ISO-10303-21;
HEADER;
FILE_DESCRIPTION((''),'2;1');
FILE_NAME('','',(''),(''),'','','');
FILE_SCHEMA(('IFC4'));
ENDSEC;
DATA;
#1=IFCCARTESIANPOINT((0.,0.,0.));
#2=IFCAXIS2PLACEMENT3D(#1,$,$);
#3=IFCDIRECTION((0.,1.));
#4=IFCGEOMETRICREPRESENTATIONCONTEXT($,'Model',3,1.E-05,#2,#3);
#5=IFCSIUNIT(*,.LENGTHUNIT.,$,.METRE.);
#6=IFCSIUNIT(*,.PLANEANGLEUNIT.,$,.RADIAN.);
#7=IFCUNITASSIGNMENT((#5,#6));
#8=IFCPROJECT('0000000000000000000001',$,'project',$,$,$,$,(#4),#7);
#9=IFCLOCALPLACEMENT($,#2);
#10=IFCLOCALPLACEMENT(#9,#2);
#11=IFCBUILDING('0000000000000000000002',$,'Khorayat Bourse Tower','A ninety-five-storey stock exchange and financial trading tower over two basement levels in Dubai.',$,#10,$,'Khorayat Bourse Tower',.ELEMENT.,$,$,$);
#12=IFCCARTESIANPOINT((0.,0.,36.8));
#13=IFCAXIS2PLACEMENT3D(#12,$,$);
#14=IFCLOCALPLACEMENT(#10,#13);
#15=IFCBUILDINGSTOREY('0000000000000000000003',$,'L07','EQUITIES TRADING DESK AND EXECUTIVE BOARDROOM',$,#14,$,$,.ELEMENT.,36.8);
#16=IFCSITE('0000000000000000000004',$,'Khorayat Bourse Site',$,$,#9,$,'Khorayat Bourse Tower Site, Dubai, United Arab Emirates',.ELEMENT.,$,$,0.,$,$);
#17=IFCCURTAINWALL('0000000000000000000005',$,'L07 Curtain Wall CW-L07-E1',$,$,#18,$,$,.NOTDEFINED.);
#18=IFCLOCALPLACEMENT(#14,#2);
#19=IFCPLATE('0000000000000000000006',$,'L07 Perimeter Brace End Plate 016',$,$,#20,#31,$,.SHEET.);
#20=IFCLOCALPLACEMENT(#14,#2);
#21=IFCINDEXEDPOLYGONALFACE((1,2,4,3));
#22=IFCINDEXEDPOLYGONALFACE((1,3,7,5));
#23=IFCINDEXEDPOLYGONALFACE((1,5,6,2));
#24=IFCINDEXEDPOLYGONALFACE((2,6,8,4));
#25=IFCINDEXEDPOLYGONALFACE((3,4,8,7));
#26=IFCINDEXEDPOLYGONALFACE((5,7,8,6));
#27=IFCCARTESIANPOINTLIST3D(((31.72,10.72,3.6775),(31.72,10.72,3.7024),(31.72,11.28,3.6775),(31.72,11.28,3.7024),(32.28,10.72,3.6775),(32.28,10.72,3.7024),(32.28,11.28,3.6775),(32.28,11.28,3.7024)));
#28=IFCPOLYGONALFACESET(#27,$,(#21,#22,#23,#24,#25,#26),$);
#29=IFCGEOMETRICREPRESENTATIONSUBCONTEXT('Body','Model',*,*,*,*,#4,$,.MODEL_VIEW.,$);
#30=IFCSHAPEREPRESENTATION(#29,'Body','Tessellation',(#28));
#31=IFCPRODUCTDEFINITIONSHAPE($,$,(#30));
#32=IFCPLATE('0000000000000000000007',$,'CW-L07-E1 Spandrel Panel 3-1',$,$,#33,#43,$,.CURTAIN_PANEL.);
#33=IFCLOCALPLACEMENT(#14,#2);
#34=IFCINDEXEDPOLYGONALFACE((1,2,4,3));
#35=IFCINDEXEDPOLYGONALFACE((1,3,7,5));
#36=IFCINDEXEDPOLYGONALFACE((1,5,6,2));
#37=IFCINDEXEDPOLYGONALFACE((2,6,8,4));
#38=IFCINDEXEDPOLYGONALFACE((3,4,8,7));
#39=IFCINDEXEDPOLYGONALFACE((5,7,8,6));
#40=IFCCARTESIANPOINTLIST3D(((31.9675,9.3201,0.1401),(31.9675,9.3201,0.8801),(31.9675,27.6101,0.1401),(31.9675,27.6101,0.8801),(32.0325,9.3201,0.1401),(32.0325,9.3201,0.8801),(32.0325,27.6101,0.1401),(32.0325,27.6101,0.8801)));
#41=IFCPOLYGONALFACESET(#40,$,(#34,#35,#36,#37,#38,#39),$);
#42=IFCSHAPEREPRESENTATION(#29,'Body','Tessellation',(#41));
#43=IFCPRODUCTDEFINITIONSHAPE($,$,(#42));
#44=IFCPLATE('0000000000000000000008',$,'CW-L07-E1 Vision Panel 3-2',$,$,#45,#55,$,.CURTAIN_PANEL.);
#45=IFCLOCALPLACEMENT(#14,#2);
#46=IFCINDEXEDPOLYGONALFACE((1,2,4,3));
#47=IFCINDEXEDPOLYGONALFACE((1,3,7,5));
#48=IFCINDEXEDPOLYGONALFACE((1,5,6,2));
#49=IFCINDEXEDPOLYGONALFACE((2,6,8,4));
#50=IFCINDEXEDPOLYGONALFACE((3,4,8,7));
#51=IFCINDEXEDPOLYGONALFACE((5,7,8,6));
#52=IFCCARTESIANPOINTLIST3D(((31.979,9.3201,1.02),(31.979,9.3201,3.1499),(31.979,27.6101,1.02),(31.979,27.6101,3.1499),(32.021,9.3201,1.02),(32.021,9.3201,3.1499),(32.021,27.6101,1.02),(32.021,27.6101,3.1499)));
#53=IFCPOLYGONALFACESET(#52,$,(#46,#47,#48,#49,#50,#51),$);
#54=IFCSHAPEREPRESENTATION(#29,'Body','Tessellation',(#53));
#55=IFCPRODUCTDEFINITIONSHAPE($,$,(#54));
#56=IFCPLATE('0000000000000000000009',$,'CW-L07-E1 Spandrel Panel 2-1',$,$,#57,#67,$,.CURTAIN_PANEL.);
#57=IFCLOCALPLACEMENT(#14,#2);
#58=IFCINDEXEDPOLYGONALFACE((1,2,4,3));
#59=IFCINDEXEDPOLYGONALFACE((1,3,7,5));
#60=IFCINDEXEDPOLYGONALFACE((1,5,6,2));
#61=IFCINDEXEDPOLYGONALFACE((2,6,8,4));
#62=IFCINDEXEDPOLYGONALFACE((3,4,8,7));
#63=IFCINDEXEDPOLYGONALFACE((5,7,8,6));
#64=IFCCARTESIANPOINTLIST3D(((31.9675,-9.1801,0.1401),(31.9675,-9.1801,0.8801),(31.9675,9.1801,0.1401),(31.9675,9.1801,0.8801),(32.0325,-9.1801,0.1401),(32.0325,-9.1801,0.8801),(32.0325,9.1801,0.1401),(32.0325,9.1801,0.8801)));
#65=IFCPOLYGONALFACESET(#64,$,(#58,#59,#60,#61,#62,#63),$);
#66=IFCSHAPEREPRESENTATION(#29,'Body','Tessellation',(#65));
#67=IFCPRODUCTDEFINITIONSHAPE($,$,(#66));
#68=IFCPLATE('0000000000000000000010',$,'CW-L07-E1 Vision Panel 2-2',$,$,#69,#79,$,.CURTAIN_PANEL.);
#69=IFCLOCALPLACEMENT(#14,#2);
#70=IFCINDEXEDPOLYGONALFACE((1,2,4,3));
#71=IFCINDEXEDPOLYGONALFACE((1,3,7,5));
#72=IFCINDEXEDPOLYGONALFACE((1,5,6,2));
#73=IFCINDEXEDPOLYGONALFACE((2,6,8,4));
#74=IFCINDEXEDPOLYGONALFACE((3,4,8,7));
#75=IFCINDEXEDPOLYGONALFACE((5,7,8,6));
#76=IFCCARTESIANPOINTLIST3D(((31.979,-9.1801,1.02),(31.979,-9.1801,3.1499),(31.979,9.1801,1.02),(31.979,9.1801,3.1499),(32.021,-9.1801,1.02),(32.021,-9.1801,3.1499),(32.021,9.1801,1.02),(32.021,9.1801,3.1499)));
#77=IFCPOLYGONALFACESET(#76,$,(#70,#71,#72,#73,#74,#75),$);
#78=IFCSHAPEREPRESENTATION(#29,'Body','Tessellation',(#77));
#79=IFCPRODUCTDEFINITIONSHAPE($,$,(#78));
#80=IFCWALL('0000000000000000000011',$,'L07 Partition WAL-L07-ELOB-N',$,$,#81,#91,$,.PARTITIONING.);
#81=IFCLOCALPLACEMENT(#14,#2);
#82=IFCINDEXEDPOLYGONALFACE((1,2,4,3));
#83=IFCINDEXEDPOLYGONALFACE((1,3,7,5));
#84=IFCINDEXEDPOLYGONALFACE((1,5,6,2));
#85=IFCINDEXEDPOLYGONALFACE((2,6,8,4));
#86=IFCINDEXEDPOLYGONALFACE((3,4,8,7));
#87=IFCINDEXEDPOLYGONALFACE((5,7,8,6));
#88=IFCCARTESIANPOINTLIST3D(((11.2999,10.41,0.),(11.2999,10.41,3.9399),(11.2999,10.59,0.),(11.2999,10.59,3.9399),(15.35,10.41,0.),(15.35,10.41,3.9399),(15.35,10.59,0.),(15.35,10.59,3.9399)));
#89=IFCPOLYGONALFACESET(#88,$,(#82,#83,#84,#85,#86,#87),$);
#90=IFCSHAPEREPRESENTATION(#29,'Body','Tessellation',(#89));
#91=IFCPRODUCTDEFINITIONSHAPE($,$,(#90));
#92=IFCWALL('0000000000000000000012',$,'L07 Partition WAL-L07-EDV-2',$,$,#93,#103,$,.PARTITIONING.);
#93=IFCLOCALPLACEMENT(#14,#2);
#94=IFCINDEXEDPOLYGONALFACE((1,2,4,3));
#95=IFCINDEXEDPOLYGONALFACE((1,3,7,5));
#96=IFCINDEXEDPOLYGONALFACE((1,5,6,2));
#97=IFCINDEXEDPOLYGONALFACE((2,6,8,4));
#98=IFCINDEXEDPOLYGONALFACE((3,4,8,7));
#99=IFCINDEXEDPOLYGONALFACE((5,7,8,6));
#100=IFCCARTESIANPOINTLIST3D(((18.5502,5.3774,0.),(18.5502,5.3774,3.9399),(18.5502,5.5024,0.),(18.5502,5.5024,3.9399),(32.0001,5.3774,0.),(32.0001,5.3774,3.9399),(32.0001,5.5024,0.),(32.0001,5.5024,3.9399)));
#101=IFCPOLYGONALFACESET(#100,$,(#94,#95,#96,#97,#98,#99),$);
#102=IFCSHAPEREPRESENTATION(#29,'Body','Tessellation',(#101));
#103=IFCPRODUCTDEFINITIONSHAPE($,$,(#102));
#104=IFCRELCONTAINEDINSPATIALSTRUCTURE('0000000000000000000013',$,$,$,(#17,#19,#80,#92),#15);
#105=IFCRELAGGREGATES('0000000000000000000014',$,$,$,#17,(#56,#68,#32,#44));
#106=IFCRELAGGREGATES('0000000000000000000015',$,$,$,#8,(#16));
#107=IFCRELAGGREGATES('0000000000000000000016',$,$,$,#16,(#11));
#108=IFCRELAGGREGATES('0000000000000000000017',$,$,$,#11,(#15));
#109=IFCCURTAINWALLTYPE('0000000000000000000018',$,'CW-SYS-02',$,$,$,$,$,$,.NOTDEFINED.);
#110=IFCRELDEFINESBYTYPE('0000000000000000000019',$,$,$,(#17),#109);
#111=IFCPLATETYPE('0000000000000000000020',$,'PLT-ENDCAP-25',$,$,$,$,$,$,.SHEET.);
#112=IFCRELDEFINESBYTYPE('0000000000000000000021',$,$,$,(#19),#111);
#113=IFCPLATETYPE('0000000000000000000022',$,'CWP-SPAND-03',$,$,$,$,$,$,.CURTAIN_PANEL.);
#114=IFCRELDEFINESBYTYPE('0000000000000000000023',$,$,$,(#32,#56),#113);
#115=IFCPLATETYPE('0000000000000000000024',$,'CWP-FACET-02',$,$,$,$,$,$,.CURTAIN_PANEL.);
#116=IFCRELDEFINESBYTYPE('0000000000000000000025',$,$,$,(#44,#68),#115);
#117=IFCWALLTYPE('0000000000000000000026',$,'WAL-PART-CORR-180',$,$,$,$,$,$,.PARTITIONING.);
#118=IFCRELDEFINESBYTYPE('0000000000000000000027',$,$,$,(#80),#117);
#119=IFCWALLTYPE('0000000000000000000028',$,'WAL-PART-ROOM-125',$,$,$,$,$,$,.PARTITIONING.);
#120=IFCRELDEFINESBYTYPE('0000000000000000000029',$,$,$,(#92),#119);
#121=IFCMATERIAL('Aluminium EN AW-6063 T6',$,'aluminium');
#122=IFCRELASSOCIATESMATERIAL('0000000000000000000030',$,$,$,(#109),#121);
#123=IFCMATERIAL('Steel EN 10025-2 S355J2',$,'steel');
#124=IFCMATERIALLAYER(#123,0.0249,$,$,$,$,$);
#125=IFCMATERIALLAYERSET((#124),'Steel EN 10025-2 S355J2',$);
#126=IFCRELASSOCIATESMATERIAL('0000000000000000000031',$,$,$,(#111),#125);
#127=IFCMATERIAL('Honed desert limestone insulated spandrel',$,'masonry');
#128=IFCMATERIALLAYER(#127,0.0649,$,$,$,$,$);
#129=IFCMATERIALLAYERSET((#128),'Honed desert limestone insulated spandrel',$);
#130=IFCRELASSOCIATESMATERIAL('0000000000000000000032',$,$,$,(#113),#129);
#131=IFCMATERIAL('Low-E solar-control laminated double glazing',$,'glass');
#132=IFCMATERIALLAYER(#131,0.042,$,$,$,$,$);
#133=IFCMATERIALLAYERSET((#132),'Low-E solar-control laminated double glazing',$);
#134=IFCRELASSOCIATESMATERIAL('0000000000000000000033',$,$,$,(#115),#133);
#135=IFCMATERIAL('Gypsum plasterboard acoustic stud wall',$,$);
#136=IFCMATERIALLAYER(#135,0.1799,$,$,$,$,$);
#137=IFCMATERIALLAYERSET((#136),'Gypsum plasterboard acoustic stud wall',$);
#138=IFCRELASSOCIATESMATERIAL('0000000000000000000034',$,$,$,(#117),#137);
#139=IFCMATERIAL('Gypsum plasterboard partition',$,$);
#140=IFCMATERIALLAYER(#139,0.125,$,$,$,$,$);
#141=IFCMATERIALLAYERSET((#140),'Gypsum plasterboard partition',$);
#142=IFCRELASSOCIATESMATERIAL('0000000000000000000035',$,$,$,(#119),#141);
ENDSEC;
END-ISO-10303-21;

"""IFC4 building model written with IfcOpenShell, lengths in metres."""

from ifc_helpers import new_model, si_unit, direction, frame, frame_2d, origin, origin_2d, place, context, subcontext, project, spatial, rectangle, extrude, source, transform, mapped, material, layer, layer_set, type_object, element, aggregate, save


model = new_model("IFC4")

# Units and contexts
model_context = context("Model", 3, precision=1e-05, world=origin(), true_north=direction((0.0, 1.0)))
body_context = subcontext(model_context, "Body", "Model", "MODEL_VIEW")
ifc_project = project(units=[si_unit("LENGTHUNIT", "METRE"), si_unit("PLANEANGLEUNIT", "RADIAN")], contexts=[model_context])

# Site, building, storey
site_placement = place(None, origin())
site = spatial("IfcSite", under=ifc_project, at=site_placement, Name="Khorayat Bourse Site", LongName="Khorayat Bourse Tower Site, Dubai, United Arab Emirates", CompositionType="ELEMENT", RefElevation=0.0)
building_placement = place(site_placement, origin())
building = spatial("IfcBuilding", under=site, at=building_placement, Name="Khorayat Bourse Tower", Description="A ninety-five-storey stock exchange and financial trading tower over two basement levels in Dubai.", LongName="Khorayat Bourse Tower", CompositionType="ELEMENT")
storey_placement = place(building_placement, frame((0.0, 0.0, 36.8)))
storey = spatial("IfcBuildingStorey", under=building, at=storey_placement, Name="L07", Description="EQUITIES TRADING DESK AND EXECUTIVE BOARDROOM", CompositionType="ELEMENT", Elevation=36.8)

# Curtain wall
ifc_material_1 = material(Name="Aluminium EN AW-6063 T6", Category="aluminium")
curtain_wall_type = type_object("IfcCurtainWallType", Name="CW-SYS-02", PredefinedType="NOTDEFINED", material=ifc_material_1)
curtain_wall_placement = place(storey_placement, origin())
curtain_wall = element("IfcCurtainWall", 1, at=curtain_wall_placement, inside=storey, type_object=curtain_wall_type, Name="L07 Curtain Wall CW-L07-E1", PredefinedType="NOTDEFINED")

# Plate
ifc_material_2 = material(Name="Steel EN 10025-2 S355J2", Category="steel")
ifc_layer_1 = layer(ifc_material_2, 0.0249)
ifc_layer_set_1 = layer_set([ifc_layer_1], Name="Steel EN 10025-2 S355J2")
plate_type_1 = type_object("IfcPlateType", Name="PLT-ENDCAP-25", PredefinedType="SHEET", material=ifc_layer_set_1)
shared_shape_1 = source(origin(), body_context, "Body", "SweptSolid", [
    extrude(rectangle(XDim=0.5601, YDim=0.5601, at=origin_2d()), origin(), (0.0, 0.0, 1.0), 0.0249),
])
for number, where, z_axis, x_axis, name in (
    (2, (32.0, 11.0, 3.6775), (0.0, 0.0, 1.0), (1.0, 0.0, 0.0), "L07 Perimeter Brace End Plate 016"),
):
    element("IfcPlate", number, at=place(storey_placement, frame(where, z_axis=z_axis, x_axis=x_axis)), inside=storey, type_object=plate_type_1, Name=name, PredefinedType="SHEET", context=body_context, shape_type="MappedRepresentation", body=[
        mapped(shared_shape_1, transform((0.0, 0.0, 0.0), scale=1.0)),
    ])

# Plates
ifc_material_3 = material(Name="Honed desert limestone insulated spandrel", Category="masonry")
ifc_layer_2 = layer(ifc_material_3, 0.0649)
ifc_layer_set_2 = layer_set([ifc_layer_2], Name="Honed desert limestone insulated spandrel")
plate_type_2 = type_object("IfcPlateType", Name="CWP-SPAND-03", PredefinedType="CURTAIN_PANEL", material=ifc_layer_set_2)
shared_shape_2 = source(origin(), body_context, "Body", "SweptSolid", [
    extrude(rectangle(XDim=18.29, YDim=0.0649, at=origin_2d()), origin(), (0.0, 0.0, 1.0), 0.74),
])
plate_1_placement = place(storey_placement, frame((32.0, 18.4651, 0.1401), z_axis=(0.0, 0.0, 1.0), x_axis=(0.0, 1.0, 0.0)))
plate_1 = element("IfcPlate", 3, at=plate_1_placement, type_object=plate_type_2, Name="CW-L07-E1 Spandrel Panel 3-1", PredefinedType="CURTAIN_PANEL", context=body_context, shape_type="MappedRepresentation", body=[
    mapped(shared_shape_2, transform((0.0, 0.0, 0.0), scale=1.0)),
])
ifc_material_4 = material(Name="Low-E solar-control laminated double glazing", Category="glass")
ifc_layer_3 = layer(ifc_material_4, 0.042)
ifc_layer_set_3 = layer_set([ifc_layer_3], Name="Low-E solar-control laminated double glazing")
plate_type_3 = type_object("IfcPlateType", Name="CWP-FACET-02", PredefinedType="CURTAIN_PANEL", material=ifc_layer_set_3)
shared_shape_3 = source(origin(), body_context, "Body", "SweptSolid", [
    extrude(rectangle(XDim=18.29, YDim=0.042, at=origin_2d()), origin(), (0.0, 0.0, 1.0), 2.1299),
])
plate_2_placement = place(storey_placement, frame((32.0, 18.4651, 1.02), z_axis=(0.0, 0.0, 1.0), x_axis=(0.0, 1.0, 0.0)))
plate_2 = element("IfcPlate", 4, at=plate_2_placement, type_object=plate_type_3, Name="CW-L07-E1 Vision Panel 3-2", PredefinedType="CURTAIN_PANEL", context=body_context, shape_type="MappedRepresentation", body=[
    mapped(shared_shape_3, transform((0.0, 0.0, 0.0), scale=1.0)),
])
shared_shape_4 = source(origin(), body_context, "Body", "SweptSolid", [
    extrude(rectangle(XDim=18.3601, YDim=0.0649, at=origin_2d()), origin(), (0.0, 0.0, 1.0), 0.74),
])
plate_3_placement = place(storey_placement, frame((32.0, 0.0, 0.1401), z_axis=(0.0, 0.0, 1.0), x_axis=(0.0, 1.0, 0.0)))
plate_3 = element("IfcPlate", 5, at=plate_3_placement, type_object=plate_type_2, Name="CW-L07-E1 Spandrel Panel 2-1", PredefinedType="CURTAIN_PANEL", context=body_context, shape_type="MappedRepresentation", body=[
    mapped(shared_shape_4, transform((0.0, 0.0, 0.0), scale=1.0)),
])
shared_shape_5 = source(origin(), body_context, "Body", "SweptSolid", [
    extrude(rectangle(XDim=18.3601, YDim=0.042, at=origin_2d()), origin(), (0.0, 0.0, 1.0), 2.1299),
])
plate_4_placement = place(storey_placement, frame((32.0, 0.0, 1.02), z_axis=(0.0, 0.0, 1.0), x_axis=(0.0, 1.0, 0.0)))
plate_4 = element("IfcPlate", 6, at=plate_4_placement, type_object=plate_type_3, Name="CW-L07-E1 Vision Panel 2-2", PredefinedType="CURTAIN_PANEL", context=body_context, shape_type="MappedRepresentation", body=[
    mapped(shared_shape_5, transform((0.0, 0.0, 0.0), scale=1.0)),
])
aggregate(curtain_wall, [plate_3, plate_4, plate_1, plate_2])

# Walls
ifc_material_5 = material(Name="Gypsum plasterboard acoustic stud wall")
ifc_layer_4 = layer(ifc_material_5, 0.1799)
ifc_layer_set_4 = layer_set([ifc_layer_4], Name="Gypsum plasterboard acoustic stud wall")
wall_type_1 = type_object("IfcWallType", Name="WAL-PART-CORR-180", PredefinedType="PARTITIONING", material=ifc_layer_set_4)
shared_shape_6 = source(origin(), body_context, "Body", "SweptSolid", [
    extrude(rectangle(XDim=4.05, YDim=0.1799, at=frame_2d((2.0249, 0.0))), origin(), (0.0, 0.0, 1.0), 3.9399),
])
wall_1_placement = place(storey_placement, frame((11.3, 10.5, 0.0), z_axis=(0.0, 0.0, 1.0), x_axis=(1.0, 0.0, 0.0)))
element("IfcWall", 7, at=wall_1_placement, inside=storey, type_object=wall_type_1, Name="L07 Partition WAL-L07-ELOB-N", PredefinedType="PARTITIONING", context=body_context, shape_type="MappedRepresentation", body=[
    mapped(shared_shape_6, transform((0.0, 0.0, 0.0), scale=1.0)),
])
ifc_material_6 = material(Name="Gypsum plasterboard partition")
ifc_layer_5 = layer(ifc_material_6, 0.125)
ifc_layer_set_5 = layer_set([ifc_layer_5], Name="Gypsum plasterboard partition")
wall_type_2 = type_object("IfcWallType", Name="WAL-PART-ROOM-125", PredefinedType="PARTITIONING", material=ifc_layer_set_5)
shared_shape_7 = source(origin(), body_context, "Body", "SweptSolid", [
    extrude(rectangle(XDim=13.45, YDim=0.125, at=frame_2d((6.7251, 0.0))), origin(), (0.0, 0.0, 1.0), 3.9399),
])
wall_2_placement = place(storey_placement, frame((18.55, 5.4399, 0.0), z_axis=(0.0, 0.0, 1.0), x_axis=(1.0, 0.0, 0.0)))
element("IfcWall", 8, at=wall_2_placement, inside=storey, type_object=wall_type_2, Name="L07 Partition WAL-L07-EDV-2", PredefinedType="PARTITIONING", context=body_context, shape_type="MappedRepresentation", body=[
    mapped(shared_shape_7, transform((0.0, 0.0, 0.0), scale=1.0)),
])

save(model, "model.ifc")
